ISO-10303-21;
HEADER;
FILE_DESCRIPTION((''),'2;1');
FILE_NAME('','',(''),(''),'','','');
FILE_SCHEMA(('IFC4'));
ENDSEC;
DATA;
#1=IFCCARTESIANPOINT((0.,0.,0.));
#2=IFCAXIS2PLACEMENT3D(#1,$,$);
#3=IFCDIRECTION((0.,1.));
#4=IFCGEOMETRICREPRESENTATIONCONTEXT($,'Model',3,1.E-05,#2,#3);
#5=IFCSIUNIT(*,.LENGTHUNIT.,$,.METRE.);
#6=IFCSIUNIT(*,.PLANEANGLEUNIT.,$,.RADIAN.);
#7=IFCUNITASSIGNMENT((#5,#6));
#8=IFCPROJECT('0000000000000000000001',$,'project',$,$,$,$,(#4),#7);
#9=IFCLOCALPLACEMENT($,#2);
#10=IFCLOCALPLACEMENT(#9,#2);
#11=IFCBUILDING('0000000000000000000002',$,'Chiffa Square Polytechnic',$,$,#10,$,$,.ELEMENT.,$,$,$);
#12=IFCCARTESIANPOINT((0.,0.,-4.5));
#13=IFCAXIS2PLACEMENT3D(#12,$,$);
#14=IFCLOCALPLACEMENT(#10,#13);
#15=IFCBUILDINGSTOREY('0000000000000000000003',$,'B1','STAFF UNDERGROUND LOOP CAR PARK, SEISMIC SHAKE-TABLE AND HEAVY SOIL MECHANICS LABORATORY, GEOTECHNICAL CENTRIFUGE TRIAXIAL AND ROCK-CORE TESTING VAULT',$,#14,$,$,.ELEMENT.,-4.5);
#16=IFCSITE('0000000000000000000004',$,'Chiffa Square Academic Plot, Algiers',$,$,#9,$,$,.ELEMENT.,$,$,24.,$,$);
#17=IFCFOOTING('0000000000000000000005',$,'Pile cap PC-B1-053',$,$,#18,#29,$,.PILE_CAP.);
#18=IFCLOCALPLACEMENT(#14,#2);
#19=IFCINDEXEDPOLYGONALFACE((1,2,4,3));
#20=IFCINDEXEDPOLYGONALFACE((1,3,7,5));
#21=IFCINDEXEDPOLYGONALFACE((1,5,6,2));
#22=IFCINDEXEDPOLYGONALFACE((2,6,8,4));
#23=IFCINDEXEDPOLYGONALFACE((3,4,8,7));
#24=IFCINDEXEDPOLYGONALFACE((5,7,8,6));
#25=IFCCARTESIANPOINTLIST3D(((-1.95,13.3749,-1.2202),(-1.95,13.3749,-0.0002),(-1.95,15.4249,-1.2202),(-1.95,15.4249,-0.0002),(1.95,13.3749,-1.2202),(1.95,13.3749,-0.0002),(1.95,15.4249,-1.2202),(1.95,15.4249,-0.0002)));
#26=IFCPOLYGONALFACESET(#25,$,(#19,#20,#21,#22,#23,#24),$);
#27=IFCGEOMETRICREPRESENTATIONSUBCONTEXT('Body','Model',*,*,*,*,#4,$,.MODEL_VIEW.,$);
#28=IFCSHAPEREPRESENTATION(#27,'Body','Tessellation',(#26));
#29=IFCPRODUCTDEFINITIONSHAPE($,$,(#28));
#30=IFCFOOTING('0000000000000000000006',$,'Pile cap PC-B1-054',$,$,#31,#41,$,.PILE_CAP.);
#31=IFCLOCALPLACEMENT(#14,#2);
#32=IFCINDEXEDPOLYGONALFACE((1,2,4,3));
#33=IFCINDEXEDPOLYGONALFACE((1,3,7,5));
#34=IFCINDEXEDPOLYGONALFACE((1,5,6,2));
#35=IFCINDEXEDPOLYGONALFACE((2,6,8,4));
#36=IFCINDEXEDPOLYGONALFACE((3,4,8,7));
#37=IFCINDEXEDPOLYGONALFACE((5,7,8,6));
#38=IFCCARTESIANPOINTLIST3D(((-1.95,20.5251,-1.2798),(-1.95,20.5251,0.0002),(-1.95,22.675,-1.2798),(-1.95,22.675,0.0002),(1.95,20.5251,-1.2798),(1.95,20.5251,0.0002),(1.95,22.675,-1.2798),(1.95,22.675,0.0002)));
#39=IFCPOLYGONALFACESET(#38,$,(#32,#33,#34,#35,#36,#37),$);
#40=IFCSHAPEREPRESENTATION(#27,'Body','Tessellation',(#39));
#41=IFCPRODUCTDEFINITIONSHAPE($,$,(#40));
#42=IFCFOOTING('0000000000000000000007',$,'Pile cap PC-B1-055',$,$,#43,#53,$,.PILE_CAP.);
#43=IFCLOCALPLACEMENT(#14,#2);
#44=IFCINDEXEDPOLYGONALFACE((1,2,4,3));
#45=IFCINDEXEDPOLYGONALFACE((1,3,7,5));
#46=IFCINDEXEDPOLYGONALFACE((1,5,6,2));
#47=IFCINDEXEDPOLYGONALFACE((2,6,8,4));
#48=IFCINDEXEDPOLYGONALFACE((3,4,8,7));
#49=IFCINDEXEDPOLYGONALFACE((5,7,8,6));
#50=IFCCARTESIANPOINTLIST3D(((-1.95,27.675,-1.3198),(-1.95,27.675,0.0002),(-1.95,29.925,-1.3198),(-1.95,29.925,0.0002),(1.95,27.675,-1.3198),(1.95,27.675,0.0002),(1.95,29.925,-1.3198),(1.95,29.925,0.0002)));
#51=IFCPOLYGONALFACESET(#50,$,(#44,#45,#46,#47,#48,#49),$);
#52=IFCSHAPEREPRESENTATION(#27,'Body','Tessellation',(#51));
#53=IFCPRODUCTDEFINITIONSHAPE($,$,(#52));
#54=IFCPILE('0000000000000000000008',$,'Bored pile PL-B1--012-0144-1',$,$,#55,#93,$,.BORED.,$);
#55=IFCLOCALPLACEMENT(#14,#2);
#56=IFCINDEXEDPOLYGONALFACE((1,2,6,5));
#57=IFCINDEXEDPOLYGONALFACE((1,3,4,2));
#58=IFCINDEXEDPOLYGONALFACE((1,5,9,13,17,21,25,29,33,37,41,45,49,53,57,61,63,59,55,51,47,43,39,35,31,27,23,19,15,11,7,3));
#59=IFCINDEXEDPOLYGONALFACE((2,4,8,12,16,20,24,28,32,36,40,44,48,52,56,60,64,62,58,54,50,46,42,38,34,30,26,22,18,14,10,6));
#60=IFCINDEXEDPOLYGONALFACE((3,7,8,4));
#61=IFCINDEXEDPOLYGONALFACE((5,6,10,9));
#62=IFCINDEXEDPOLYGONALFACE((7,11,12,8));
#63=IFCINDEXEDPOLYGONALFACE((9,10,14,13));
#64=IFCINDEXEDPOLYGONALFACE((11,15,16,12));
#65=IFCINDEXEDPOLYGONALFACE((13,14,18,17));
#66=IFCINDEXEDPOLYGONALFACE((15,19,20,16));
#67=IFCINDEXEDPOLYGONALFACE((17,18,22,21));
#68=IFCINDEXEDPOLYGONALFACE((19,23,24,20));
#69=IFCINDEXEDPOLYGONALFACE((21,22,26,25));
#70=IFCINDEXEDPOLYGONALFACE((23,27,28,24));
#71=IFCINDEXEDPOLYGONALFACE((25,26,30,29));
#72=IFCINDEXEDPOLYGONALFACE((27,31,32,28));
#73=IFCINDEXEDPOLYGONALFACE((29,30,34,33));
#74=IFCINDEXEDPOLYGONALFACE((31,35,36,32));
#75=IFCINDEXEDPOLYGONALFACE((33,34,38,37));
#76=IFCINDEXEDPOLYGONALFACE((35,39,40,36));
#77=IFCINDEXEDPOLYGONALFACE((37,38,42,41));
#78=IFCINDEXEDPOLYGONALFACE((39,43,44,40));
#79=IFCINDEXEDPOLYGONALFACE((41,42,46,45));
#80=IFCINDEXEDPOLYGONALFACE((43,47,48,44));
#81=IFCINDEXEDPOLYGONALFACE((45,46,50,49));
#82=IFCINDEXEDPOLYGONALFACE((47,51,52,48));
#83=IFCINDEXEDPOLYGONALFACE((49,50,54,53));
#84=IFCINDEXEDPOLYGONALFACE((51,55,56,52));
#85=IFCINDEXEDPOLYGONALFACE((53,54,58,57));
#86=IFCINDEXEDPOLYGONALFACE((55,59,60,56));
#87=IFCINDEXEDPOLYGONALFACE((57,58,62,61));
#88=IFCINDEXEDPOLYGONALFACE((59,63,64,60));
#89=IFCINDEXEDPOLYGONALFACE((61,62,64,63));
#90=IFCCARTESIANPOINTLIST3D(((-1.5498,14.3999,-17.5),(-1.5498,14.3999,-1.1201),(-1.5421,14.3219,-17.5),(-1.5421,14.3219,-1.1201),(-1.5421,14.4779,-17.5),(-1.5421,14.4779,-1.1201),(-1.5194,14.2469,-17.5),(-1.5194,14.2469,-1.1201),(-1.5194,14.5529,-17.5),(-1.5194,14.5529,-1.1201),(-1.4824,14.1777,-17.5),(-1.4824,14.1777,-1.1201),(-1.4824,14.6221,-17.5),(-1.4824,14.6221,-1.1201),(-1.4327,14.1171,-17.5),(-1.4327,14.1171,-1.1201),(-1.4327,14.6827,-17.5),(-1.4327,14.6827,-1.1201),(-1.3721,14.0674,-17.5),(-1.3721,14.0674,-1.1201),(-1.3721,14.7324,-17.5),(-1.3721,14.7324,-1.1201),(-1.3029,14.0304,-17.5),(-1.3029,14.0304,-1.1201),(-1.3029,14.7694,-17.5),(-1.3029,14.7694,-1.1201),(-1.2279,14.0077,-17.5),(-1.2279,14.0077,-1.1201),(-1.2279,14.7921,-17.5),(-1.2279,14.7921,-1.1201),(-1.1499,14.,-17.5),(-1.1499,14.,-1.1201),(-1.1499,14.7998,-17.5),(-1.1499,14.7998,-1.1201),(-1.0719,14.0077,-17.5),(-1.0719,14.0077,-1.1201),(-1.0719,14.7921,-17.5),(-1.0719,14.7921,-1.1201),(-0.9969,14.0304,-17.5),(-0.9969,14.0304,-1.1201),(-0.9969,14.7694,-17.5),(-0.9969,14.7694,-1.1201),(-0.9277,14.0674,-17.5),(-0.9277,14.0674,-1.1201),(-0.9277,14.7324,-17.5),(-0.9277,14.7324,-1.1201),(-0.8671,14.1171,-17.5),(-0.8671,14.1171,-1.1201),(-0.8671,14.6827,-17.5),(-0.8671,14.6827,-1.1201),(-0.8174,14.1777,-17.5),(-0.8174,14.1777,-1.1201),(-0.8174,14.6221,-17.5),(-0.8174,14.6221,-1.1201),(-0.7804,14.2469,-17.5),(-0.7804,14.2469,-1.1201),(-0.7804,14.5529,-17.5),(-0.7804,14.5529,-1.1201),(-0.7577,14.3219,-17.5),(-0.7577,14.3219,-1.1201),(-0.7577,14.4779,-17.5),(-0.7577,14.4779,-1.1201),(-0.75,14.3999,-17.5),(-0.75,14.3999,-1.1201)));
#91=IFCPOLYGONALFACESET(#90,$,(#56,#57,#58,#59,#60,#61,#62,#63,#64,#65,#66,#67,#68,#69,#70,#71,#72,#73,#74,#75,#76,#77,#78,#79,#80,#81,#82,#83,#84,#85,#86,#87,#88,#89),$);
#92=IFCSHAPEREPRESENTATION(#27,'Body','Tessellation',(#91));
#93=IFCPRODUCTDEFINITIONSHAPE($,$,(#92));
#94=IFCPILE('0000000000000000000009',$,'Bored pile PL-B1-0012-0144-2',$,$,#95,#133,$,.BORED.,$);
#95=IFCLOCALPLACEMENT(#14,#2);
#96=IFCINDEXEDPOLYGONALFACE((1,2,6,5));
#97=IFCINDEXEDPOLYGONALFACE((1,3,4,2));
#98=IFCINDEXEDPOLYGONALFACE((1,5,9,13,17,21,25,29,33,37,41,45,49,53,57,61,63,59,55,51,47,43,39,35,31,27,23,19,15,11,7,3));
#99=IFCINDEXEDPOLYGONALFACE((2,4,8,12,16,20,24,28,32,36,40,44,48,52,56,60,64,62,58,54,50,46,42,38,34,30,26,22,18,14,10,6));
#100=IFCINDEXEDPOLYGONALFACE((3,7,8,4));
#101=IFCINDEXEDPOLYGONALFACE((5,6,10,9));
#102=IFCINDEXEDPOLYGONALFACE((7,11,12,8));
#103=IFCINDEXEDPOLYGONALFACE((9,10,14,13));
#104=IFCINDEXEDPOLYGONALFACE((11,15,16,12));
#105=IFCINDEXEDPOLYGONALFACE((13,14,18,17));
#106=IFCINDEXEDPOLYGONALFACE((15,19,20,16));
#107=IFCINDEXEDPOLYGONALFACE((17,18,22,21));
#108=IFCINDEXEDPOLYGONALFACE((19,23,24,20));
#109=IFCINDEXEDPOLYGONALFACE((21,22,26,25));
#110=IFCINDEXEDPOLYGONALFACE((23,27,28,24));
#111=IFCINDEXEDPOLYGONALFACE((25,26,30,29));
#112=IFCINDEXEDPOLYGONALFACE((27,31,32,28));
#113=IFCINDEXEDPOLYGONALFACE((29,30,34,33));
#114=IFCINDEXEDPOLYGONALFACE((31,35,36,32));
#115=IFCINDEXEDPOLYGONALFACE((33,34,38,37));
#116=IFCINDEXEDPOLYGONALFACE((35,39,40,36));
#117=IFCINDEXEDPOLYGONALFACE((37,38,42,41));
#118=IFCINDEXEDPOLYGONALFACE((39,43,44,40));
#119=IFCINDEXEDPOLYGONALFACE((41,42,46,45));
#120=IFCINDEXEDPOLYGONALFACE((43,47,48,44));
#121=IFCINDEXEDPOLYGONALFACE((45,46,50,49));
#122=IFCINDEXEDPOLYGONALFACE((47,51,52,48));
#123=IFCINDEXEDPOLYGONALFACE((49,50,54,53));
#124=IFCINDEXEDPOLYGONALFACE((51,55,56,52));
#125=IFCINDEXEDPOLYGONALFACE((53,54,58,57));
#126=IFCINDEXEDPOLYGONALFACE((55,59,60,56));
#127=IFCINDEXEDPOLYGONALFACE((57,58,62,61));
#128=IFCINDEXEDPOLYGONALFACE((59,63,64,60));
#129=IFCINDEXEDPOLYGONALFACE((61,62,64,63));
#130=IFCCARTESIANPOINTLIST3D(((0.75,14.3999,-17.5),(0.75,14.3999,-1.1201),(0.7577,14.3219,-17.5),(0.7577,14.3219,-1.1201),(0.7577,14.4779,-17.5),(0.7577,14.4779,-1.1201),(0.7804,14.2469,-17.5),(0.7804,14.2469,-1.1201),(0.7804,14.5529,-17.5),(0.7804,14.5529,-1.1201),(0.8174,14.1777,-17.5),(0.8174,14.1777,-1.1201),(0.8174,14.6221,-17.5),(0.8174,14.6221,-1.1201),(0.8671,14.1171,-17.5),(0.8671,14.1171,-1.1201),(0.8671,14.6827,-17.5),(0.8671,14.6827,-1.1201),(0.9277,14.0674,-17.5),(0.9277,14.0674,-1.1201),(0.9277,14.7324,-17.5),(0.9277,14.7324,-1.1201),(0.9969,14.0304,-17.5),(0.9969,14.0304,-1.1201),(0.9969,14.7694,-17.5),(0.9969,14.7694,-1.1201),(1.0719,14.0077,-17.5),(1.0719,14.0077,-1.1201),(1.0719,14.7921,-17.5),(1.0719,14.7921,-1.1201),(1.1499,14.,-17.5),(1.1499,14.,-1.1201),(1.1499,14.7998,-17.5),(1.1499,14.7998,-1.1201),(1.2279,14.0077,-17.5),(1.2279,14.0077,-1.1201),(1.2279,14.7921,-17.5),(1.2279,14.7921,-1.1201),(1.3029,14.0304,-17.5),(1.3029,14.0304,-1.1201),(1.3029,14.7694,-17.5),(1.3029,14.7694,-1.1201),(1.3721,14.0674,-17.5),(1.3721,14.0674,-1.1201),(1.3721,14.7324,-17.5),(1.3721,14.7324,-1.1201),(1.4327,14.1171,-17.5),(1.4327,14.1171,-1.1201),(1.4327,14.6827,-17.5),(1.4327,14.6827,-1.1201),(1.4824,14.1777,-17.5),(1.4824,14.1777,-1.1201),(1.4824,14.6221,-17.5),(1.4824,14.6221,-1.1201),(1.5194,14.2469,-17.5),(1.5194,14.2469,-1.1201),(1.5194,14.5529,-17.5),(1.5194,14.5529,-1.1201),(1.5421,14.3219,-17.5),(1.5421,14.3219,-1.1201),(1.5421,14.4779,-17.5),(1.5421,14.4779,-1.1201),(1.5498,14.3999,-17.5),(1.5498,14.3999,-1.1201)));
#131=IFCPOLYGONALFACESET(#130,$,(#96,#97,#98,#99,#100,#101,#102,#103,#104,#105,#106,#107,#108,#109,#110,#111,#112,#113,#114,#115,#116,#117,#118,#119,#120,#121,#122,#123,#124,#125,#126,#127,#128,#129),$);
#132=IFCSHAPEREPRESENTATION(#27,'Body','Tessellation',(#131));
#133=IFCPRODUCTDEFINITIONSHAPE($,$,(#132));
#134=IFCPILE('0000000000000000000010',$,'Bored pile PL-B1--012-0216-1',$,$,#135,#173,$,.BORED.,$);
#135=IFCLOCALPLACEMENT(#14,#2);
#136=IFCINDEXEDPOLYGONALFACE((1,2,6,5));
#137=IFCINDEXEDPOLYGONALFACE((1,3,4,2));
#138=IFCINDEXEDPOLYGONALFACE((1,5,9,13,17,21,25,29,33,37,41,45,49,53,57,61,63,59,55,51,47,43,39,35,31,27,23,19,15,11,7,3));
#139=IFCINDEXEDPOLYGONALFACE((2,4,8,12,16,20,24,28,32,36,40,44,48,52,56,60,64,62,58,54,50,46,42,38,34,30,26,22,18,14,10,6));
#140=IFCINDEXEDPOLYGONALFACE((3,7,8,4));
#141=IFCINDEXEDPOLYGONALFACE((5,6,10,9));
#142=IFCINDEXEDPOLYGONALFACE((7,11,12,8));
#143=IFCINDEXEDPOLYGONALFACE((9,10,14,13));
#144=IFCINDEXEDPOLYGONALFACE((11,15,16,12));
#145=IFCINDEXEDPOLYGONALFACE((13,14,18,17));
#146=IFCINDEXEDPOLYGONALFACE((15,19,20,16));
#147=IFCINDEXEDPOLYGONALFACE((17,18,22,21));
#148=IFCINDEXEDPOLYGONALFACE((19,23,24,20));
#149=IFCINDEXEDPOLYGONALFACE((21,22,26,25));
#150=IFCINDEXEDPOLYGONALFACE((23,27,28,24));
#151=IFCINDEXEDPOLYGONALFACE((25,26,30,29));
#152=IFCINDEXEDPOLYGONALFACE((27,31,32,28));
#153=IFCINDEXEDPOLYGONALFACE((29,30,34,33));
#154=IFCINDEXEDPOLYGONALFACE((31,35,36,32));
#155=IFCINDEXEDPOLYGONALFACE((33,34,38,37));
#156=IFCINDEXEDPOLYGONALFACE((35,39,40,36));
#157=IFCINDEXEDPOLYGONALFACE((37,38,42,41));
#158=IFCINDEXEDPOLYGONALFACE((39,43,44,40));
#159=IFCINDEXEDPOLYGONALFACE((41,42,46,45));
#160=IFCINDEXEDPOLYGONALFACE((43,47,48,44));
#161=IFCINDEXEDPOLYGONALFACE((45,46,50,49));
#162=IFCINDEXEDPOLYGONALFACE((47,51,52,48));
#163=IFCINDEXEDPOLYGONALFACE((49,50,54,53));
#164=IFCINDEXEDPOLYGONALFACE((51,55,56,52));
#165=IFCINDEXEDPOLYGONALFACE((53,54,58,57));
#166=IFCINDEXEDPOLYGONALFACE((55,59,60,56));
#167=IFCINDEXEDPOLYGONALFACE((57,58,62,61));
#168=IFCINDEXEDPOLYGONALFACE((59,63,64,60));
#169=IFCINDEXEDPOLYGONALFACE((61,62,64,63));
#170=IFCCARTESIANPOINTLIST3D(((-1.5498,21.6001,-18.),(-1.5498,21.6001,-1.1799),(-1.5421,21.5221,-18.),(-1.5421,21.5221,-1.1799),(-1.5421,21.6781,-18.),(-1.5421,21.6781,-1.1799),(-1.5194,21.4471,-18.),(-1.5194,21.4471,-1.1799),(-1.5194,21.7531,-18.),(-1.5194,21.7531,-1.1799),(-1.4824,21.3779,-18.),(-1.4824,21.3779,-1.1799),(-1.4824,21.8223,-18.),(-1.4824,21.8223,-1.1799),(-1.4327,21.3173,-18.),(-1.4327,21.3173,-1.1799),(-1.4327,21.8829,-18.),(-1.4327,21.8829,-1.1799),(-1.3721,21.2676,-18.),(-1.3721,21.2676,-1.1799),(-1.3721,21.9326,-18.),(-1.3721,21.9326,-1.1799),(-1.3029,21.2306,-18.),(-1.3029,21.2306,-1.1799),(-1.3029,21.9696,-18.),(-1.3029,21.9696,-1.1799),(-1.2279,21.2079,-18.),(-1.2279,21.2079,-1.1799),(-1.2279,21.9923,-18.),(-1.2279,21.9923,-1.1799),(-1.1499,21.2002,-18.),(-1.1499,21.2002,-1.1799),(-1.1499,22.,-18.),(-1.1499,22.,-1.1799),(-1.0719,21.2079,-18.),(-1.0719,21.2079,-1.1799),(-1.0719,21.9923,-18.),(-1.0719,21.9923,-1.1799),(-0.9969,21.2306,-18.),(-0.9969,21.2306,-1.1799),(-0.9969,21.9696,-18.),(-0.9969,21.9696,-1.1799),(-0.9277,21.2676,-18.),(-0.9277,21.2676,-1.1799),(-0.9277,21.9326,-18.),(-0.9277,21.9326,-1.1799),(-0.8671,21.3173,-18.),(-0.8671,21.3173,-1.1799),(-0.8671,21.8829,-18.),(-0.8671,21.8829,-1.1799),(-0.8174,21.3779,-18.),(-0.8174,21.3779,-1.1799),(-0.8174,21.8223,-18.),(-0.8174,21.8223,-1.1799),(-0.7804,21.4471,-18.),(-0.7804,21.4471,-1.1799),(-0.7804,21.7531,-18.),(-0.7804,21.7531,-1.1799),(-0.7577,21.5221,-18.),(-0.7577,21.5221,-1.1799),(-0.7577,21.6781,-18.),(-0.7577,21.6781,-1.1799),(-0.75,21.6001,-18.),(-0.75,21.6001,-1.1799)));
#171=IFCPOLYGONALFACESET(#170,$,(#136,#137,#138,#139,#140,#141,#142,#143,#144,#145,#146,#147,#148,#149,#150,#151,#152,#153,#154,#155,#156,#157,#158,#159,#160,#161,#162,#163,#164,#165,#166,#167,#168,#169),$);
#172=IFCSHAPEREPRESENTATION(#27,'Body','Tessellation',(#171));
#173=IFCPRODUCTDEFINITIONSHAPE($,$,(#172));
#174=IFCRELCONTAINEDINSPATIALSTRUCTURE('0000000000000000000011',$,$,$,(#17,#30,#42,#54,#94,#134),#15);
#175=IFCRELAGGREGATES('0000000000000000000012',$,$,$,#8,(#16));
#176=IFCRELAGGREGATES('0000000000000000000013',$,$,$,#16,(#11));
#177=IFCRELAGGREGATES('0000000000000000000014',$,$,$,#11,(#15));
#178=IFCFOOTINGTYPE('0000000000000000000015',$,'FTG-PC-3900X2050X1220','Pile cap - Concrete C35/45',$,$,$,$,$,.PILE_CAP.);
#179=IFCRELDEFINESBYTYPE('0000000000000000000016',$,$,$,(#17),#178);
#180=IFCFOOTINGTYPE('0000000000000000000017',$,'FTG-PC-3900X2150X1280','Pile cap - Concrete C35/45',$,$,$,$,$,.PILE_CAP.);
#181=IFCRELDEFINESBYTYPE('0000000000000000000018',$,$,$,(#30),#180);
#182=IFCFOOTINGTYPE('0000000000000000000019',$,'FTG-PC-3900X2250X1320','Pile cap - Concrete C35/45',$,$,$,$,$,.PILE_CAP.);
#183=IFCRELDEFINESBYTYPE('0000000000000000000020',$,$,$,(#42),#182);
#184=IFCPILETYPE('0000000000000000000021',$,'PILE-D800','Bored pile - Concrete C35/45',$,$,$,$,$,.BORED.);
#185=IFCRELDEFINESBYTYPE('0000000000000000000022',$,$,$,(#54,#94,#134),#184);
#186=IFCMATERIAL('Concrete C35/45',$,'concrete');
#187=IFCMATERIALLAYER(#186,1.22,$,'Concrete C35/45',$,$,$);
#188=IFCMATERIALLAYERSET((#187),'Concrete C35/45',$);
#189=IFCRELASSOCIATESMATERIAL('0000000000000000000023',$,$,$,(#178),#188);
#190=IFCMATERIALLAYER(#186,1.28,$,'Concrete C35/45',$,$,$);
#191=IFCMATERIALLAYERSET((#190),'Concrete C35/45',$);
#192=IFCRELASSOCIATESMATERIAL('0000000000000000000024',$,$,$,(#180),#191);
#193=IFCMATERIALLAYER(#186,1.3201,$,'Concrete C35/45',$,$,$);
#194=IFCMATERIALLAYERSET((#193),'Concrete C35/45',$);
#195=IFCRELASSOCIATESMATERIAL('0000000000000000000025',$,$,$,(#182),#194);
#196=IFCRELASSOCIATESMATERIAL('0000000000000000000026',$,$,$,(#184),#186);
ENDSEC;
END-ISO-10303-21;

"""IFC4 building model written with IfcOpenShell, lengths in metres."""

from ifc_helpers import new_model, si_unit, direction, frame, origin, origin_2d, place, context, subcontext, project, spatial, rectangle, circle, extrude, material, layer, layer_set, material_profile, profile_set, type_object, element, save


model = new_model("IFC4")

# Units and contexts
model_context = context("Model", 3, precision=1e-05, world=origin(), true_north=direction((0.0, 1.0)))
body_context = subcontext(model_context, "Body", "Model", "MODEL_VIEW")
ifc_project = project(units=[si_unit("LENGTHUNIT", "METRE"), si_unit("PLANEANGLEUNIT", "RADIAN")], contexts=[model_context])

# Site, building, storey
site_placement = place(None, origin())
site = spatial("IfcSite", under=ifc_project, at=site_placement, Name="Chiffa Square Academic Plot, Algiers", CompositionType="ELEMENT", RefElevation=24.0)
building_placement = place(site_placement, origin())
building = spatial("IfcBuilding", under=site, at=building_placement, Name="Chiffa Square Polytechnic", CompositionType="ELEMENT")
storey_placement = place(building_placement, frame((0.0, 0.0, -4.5)))
storey = spatial("IfcBuildingStorey", under=building, at=storey_placement, Name="B1", Description="STAFF UNDERGROUND LOOP CAR PARK, SEISMIC SHAKE-TABLE AND HEAVY SOIL MECHANICS LABORATORY, GEOTECHNICAL CENTRIFUGE TRIAXIAL AND ROCK-CORE TESTING VAULT", CompositionType="ELEMENT", Elevation=-4.5)

# Footings
ifc_material = material(Name="Concrete C35/45", Category="concrete")
ifc_layer_1 = layer(ifc_material, 1.22, Name="Concrete C35/45")
ifc_layer_set_1 = layer_set([ifc_layer_1], Name="Concrete C35/45")
footing_type_1 = type_object("IfcFootingType", Name="FTG-PC-3900X2050X1220", Description="Pile cap - Concrete C35/45", PredefinedType="PILE_CAP", material=ifc_layer_set_1)
footing_1_placement = place(storey_placement, frame((0.0, 14.3999, -1.2202), z_axis=(0.0, 0.0, 1.0), x_axis=(1.0, 0.0, 0.0)))
element("IfcFooting", 1, at=footing_1_placement, inside=storey, type_object=footing_type_1, Name="Pile cap PC-B1-053", PredefinedType="PILE_CAP", context=body_context, shape_type="SweptSolid", body=[
    extrude(rectangle(XDim=3.8999, YDim=2.05, at=origin_2d()), origin(), (0.0, 0.0, 1.0), 1.22),
])
ifc_layer_2 = layer(ifc_material, 1.28, Name="Concrete C35/45")
ifc_layer_set_2 = layer_set([ifc_layer_2], Name="Concrete C35/45")
footing_type_2 = type_object("IfcFootingType", Name="FTG-PC-3900X2150X1280", Description="Pile cap - Concrete C35/45", PredefinedType="PILE_CAP", material=ifc_layer_set_2)
footing_2_placement = place(storey_placement, frame((0.0, 21.6001, -1.2798), z_axis=(0.0, 0.0, 1.0), x_axis=(1.0, 0.0, 0.0)))
element("IfcFooting", 2, at=footing_2_placement, inside=storey, type_object=footing_type_2, Name="Pile cap PC-B1-054", PredefinedType="PILE_CAP", context=body_context, shape_type="SweptSolid", body=[
    extrude(rectangle(XDim=3.8999, YDim=2.1499, at=origin_2d()), origin(), (0.0, 0.0, 1.0), 1.28),
])
ifc_layer_3 = layer(ifc_material, 1.3201, Name="Concrete C35/45")
ifc_layer_set_3 = layer_set([ifc_layer_3], Name="Concrete C35/45")
footing_type_3 = type_object("IfcFootingType", Name="FTG-PC-3900X2250X1320", Description="Pile cap - Concrete C35/45", PredefinedType="PILE_CAP", material=ifc_layer_set_3)
footing_3_placement = place(storey_placement, frame((0.0, 28.8, -1.3198), z_axis=(0.0, 0.0, 1.0), x_axis=(1.0, 0.0, 0.0)))
element("IfcFooting", 3, at=footing_3_placement, inside=storey, type_object=footing_type_3, Name="Pile cap PC-B1-055", PredefinedType="PILE_CAP", context=body_context, shape_type="SweptSolid", body=[
    extrude(rectangle(XDim=3.8999, YDim=2.25, at=origin_2d()), origin(), (0.0, 0.0, 1.0), 1.3201),
])

# Piles
ifc_material_profile_1 = material_profile(ifc_material, circle(Radius=0.3999, at=origin_2d()), Name="PILE D800")
ifc_profile_set_1 = profile_set([ifc_material_profile_1], Name="Concrete C35/45")
pile_type_1 = type_object("IfcPileType", Name="PILE-D800", Description="Bored pile - Concrete C35/45", PredefinedType="BORED", material=ifc_profile_set_1)
for number, where, z_axis, x_axis, name in (
    (4, (-1.1499, 14.3999, -1.1201), (0.0, 0.0, -1.0), (1.0, 0.0, 0.0), "Bored pile PL-B1--012-0144-1"),
    (5, (1.1499, 14.3999, -1.1201), (0.0, 0.0, -1.0), (1.0, 0.0, 0.0), "Bored pile PL-B1-0012-0144-2"),
):
    element("IfcPile", number, at=place(storey_placement, frame(where, z_axis=z_axis, x_axis=x_axis)), inside=storey, type_object=pile_type_1, Name=name, PredefinedType="BORED", context=body_context, shape_type="SweptSolid", body=[
        extrude(circle(Radius=0.3999, at=origin_2d()), origin(), (0.0, 0.0, 1.0), 16.3799),
    ])
for number, where, z_axis, x_axis, name in (
    (6, (-1.1499, 21.6001, -1.1799), (0.0, 0.0, -1.0), (1.0, 0.0, 0.0), "Bored pile PL-B1--012-0216-1"),
):
    element("IfcPile", number, at=place(storey_placement, frame(where, z_axis=z_axis, x_axis=x_axis)), inside=storey, type_object=pile_type_1, Name=name, PredefinedType="BORED", context=body_context, shape_type="SweptSolid", body=[
        extrude(circle(Radius=0.3999, at=origin_2d()), origin(), (0.0, 0.0, 1.0), 16.8201),
    ])

save(model, "model.ifc")
